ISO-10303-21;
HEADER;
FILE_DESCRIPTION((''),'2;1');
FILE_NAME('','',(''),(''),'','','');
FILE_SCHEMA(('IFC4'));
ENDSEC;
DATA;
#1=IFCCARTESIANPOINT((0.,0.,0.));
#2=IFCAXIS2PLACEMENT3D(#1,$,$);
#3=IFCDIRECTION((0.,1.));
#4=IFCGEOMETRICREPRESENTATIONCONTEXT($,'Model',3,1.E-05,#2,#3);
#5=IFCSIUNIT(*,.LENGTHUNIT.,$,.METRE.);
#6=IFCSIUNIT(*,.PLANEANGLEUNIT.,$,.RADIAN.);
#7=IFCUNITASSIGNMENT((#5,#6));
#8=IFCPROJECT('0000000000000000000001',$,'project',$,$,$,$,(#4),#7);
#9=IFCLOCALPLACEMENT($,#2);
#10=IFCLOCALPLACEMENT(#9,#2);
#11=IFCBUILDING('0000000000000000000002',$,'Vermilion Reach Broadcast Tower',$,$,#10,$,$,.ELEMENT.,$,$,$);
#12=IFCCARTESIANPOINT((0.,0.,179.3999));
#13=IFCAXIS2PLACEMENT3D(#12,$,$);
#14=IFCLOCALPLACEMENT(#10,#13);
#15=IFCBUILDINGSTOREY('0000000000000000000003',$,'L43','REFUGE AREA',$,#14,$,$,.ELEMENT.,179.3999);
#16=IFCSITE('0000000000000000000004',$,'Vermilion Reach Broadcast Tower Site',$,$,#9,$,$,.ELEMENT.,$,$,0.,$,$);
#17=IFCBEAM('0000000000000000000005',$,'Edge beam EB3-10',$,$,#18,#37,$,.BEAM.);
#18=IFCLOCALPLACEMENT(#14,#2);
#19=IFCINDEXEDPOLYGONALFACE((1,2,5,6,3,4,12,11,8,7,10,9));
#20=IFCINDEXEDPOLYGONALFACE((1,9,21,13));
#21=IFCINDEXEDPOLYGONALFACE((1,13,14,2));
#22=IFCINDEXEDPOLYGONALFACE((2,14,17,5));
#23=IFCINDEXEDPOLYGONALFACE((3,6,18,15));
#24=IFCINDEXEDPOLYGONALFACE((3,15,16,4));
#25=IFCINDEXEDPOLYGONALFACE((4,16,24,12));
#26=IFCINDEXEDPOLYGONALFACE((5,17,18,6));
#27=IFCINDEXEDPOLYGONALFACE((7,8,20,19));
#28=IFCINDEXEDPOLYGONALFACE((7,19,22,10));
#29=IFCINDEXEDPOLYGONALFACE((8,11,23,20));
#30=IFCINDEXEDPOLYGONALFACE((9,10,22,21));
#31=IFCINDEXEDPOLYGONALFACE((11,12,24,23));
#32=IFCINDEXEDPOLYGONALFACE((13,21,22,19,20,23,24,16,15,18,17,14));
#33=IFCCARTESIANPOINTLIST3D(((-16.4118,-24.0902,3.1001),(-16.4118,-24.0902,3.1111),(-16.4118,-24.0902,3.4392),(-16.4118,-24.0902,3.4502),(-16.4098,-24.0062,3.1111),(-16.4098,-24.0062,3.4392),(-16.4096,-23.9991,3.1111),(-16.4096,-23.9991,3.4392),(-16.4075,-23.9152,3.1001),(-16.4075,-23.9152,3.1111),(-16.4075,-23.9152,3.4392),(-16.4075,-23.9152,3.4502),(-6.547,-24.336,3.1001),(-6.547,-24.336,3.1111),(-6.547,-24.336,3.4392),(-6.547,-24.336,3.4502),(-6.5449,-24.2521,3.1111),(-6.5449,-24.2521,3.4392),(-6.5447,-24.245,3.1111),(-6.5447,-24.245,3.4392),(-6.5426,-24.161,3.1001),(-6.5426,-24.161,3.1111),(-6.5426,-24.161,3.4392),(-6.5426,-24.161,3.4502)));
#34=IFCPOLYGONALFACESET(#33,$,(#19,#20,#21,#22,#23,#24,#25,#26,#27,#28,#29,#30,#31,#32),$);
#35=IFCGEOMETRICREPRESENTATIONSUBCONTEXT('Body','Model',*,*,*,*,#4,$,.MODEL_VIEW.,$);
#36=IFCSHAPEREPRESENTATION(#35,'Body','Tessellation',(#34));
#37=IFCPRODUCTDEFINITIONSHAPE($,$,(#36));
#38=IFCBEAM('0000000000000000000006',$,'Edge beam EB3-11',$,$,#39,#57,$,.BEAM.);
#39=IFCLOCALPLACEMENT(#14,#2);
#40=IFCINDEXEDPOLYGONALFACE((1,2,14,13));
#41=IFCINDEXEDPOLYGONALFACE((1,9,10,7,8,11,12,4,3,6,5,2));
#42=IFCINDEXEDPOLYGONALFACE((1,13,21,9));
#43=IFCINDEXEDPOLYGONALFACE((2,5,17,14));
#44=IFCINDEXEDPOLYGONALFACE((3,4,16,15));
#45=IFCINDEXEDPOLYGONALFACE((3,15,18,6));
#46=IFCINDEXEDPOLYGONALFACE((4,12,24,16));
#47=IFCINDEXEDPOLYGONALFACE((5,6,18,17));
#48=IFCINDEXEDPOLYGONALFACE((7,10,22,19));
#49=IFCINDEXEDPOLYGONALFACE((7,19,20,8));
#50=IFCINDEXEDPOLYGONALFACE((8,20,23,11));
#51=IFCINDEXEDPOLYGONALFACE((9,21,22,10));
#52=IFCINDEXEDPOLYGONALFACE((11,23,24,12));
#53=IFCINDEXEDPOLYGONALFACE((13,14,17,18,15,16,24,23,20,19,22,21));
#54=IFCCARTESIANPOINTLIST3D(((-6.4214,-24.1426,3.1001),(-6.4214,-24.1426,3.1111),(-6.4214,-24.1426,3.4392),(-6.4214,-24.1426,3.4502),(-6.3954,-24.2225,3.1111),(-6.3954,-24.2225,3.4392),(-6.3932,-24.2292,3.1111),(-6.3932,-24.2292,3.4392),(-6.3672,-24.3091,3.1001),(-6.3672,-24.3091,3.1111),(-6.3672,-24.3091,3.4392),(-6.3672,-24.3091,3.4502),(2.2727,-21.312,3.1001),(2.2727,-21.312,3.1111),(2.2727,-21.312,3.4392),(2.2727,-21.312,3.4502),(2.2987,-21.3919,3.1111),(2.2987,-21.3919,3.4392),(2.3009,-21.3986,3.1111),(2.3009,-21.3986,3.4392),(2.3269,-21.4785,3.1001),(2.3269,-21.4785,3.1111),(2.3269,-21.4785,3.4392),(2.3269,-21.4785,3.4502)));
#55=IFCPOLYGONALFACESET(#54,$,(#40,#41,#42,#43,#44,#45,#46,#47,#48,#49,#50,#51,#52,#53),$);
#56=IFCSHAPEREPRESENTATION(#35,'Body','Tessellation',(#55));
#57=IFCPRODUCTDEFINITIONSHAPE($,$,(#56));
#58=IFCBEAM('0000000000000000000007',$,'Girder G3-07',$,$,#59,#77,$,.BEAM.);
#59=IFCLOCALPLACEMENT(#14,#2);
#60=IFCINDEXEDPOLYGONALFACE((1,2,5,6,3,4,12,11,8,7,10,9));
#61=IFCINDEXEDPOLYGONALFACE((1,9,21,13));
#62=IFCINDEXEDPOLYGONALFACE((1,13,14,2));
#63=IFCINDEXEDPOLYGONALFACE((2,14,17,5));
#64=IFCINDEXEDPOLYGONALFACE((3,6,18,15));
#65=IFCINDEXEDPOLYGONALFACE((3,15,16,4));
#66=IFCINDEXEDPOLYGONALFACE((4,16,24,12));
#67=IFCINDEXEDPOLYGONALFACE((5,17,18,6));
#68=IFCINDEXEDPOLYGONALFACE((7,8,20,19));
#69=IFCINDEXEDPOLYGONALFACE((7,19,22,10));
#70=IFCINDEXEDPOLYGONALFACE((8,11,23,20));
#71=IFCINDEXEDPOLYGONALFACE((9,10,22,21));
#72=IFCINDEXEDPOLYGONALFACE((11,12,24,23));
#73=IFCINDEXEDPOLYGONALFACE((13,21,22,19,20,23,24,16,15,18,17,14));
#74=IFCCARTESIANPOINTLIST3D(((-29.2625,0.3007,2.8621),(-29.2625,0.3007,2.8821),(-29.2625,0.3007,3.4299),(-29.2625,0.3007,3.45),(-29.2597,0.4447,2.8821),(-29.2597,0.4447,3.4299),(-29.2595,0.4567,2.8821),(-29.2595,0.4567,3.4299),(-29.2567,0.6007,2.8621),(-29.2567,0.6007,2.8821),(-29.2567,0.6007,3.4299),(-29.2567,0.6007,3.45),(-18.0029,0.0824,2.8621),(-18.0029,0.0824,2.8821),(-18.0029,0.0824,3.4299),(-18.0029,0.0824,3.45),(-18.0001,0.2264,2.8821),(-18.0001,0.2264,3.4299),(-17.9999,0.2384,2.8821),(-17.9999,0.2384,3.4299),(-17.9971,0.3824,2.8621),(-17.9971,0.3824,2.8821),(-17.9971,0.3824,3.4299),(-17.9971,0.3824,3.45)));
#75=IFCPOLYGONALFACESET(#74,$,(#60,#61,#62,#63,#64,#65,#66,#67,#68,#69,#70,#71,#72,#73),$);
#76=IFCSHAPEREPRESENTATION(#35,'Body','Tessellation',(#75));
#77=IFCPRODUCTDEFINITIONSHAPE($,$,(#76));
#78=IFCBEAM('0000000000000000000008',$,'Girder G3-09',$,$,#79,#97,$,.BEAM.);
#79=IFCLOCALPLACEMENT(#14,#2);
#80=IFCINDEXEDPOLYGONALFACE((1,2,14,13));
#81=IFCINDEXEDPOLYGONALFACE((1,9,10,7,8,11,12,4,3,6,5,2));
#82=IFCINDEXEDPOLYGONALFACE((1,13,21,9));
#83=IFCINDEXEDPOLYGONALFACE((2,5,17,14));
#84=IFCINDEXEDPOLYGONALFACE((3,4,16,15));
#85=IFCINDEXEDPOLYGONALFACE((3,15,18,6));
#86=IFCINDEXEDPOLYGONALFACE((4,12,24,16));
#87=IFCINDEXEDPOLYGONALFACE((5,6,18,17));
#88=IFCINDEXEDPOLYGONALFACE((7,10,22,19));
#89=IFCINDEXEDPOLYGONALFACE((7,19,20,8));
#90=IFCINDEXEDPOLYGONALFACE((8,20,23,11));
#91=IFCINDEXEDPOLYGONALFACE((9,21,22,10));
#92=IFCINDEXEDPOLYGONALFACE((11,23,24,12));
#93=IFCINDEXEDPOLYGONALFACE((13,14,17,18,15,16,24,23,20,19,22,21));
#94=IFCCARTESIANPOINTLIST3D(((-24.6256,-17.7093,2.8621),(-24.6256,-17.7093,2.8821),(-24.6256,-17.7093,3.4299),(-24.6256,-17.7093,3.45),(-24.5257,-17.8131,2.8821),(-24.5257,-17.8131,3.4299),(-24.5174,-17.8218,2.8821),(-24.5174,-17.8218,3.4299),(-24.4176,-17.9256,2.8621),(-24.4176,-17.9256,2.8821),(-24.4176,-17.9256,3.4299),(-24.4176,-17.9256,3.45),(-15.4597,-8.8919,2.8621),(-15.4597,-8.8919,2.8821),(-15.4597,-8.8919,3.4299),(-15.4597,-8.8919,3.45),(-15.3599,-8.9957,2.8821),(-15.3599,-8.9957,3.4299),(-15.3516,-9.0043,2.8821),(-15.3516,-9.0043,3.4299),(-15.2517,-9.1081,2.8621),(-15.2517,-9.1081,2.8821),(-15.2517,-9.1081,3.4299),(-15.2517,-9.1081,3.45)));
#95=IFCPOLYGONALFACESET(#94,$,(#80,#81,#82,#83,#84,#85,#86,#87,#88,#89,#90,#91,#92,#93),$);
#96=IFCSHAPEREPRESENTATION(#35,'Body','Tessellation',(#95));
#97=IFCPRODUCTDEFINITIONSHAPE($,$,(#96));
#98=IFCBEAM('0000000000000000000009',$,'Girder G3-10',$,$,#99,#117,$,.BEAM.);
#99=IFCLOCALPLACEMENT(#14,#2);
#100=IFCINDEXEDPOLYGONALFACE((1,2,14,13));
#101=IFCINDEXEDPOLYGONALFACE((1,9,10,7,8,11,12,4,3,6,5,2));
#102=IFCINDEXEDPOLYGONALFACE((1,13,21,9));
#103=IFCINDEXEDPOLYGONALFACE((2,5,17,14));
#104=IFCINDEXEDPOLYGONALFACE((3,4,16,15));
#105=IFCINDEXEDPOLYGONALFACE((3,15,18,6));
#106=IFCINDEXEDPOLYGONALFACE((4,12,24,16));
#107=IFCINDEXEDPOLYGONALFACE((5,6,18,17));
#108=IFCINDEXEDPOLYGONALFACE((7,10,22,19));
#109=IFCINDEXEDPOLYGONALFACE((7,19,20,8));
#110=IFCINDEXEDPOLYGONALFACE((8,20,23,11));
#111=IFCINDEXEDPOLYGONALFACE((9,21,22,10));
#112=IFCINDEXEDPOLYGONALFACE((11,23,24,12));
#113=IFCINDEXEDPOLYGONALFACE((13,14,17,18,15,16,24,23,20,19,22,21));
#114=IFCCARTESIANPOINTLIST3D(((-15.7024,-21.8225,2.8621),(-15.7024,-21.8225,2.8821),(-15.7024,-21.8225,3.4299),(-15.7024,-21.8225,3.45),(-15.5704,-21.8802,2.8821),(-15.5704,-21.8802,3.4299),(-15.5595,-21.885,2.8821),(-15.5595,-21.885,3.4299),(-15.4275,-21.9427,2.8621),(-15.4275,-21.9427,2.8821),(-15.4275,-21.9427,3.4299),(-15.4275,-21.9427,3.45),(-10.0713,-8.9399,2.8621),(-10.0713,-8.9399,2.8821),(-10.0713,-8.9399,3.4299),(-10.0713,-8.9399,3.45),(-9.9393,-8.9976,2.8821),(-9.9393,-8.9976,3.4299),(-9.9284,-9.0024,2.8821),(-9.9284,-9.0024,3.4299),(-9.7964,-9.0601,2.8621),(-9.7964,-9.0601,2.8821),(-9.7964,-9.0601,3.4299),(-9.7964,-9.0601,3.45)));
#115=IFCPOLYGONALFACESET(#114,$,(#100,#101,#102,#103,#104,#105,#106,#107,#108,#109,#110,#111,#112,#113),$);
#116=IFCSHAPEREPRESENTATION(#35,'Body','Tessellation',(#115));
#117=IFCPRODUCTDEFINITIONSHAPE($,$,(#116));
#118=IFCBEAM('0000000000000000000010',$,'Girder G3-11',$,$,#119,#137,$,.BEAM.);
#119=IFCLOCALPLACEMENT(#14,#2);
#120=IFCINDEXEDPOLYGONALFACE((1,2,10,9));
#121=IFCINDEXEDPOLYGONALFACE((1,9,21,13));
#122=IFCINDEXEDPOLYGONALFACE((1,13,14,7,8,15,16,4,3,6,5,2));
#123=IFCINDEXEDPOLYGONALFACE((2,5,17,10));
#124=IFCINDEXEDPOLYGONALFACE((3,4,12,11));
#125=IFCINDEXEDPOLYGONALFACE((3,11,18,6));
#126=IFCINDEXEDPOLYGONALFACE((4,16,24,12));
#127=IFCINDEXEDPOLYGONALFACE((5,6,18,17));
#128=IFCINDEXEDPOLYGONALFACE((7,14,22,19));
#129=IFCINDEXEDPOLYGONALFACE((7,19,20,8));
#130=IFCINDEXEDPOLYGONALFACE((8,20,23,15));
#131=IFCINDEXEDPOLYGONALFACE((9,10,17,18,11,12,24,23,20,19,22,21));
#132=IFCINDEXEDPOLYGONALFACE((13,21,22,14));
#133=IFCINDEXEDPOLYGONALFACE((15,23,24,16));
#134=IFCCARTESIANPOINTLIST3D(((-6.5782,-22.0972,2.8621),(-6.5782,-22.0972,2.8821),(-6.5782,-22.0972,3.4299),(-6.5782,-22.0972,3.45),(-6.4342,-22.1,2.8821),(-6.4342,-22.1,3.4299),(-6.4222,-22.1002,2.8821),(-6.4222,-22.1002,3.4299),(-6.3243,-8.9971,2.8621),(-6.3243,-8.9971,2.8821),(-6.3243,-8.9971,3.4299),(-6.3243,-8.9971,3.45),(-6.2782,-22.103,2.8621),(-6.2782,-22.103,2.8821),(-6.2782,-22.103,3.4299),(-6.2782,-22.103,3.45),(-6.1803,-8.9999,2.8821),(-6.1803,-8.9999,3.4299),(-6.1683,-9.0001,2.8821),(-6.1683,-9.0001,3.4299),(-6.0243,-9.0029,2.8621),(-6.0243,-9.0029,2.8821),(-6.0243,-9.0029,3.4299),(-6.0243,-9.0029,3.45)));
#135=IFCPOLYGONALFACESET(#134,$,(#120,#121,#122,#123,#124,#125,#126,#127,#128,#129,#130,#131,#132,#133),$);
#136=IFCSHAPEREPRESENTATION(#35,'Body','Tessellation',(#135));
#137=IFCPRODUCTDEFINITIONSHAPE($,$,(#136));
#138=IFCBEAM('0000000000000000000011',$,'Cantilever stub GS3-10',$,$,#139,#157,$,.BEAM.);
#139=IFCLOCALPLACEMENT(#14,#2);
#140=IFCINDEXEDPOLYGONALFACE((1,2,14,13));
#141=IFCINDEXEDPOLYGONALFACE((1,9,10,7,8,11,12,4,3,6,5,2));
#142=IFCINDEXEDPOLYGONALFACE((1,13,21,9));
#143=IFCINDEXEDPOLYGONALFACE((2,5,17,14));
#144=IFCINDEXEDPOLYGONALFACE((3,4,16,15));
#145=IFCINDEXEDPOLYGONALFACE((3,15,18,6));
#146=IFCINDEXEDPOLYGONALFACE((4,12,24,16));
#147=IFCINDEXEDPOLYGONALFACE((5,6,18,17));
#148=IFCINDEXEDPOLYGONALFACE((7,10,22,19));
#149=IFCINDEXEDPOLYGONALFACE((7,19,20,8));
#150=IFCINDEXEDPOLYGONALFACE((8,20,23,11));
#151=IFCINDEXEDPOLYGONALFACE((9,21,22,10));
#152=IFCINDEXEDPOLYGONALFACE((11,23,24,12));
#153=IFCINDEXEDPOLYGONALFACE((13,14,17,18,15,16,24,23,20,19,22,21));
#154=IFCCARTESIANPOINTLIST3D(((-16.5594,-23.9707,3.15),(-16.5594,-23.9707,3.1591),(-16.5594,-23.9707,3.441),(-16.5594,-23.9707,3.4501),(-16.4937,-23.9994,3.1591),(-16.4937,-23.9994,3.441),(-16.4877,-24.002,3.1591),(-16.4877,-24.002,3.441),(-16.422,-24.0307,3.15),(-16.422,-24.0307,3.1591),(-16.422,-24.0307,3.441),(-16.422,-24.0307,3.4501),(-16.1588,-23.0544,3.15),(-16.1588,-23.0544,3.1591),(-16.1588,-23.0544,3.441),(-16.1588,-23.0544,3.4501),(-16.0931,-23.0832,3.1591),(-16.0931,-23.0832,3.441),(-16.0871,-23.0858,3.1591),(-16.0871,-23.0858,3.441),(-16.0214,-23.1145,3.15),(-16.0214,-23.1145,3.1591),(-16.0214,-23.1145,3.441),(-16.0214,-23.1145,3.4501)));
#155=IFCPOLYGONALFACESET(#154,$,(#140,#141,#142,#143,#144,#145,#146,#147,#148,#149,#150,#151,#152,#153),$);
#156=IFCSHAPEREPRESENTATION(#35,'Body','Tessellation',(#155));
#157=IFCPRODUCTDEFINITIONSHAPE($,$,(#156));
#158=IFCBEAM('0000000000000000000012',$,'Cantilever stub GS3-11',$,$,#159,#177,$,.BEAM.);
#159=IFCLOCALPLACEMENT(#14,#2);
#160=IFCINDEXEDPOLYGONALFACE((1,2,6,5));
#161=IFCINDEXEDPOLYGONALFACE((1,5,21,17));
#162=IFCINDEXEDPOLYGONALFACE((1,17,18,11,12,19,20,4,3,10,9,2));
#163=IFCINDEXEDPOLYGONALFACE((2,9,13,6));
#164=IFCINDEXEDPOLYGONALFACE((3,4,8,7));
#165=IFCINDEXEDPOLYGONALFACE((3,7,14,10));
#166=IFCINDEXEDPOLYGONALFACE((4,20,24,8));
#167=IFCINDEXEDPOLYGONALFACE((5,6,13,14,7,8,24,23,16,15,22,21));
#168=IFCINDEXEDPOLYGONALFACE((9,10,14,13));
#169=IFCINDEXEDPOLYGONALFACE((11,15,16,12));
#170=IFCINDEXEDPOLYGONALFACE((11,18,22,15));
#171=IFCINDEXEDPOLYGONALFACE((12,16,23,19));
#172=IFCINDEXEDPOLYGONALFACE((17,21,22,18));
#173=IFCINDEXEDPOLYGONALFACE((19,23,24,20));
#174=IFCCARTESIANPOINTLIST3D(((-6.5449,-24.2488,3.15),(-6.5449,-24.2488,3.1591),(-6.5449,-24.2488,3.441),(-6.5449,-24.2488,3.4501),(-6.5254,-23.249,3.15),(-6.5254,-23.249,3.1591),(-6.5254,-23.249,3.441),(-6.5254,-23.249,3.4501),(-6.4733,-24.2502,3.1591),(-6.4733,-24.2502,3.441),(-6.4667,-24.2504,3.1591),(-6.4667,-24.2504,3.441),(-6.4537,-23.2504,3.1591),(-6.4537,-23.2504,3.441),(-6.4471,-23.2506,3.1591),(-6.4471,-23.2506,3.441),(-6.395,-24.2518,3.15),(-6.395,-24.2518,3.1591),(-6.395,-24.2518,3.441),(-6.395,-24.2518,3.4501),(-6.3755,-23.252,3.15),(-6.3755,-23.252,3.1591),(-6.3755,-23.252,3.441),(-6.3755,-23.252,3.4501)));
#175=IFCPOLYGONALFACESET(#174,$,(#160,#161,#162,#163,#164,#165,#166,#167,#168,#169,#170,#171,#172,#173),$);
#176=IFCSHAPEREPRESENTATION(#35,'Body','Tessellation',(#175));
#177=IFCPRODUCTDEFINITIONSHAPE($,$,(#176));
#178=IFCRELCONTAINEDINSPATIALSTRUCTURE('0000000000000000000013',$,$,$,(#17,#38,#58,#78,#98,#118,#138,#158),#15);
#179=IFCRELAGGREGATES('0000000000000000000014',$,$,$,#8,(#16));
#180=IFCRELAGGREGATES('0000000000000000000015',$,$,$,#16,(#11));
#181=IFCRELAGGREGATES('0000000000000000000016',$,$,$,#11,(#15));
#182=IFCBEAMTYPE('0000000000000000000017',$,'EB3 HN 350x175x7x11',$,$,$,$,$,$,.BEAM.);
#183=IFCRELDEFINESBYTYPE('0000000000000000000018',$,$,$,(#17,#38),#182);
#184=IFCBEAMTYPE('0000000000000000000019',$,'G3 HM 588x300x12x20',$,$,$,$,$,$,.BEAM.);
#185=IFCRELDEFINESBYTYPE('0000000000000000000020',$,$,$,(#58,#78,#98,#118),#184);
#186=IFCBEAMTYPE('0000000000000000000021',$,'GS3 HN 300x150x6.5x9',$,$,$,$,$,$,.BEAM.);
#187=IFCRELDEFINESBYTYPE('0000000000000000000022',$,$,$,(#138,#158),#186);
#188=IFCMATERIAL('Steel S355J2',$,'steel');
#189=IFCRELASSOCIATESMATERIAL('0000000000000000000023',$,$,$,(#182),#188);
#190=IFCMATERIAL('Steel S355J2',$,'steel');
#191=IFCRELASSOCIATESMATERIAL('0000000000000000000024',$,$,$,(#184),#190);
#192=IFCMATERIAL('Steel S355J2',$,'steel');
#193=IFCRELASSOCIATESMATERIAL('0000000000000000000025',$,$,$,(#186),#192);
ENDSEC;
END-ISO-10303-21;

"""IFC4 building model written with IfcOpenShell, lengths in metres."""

from ifc_helpers import new_model, si_unit, direction, frame, origin, origin_2d, place, context, subcontext, project, spatial, i_section, extrude, material, material_profile, profile_set, type_object, element, save


model = new_model("IFC4")

# Units and contexts
model_context = context("Model", 3, precision=1e-05, world=origin(), true_north=direction((0.0, 1.0)))
body_context = subcontext(model_context, "Body", "Model", "MODEL_VIEW")
ifc_project = project(units=[si_unit("LENGTHUNIT", "METRE"), si_unit("PLANEANGLEUNIT", "RADIAN")], contexts=[model_context])

# Site, building, storey
site_placement = place(None, origin())
site = spatial("IfcSite", under=ifc_project, at=site_placement, Name="Vermilion Reach Broadcast Tower Site", CompositionType="ELEMENT", RefElevation=0.0)
building_placement = place(site_placement, origin())
building = spatial("IfcBuilding", under=site, at=building_placement, Name="Vermilion Reach Broadcast Tower", CompositionType="ELEMENT")
storey_placement = place(building_placement, frame((0.0, 0.0, 179.3999)))
storey = spatial("IfcBuildingStorey", under=building, at=storey_placement, Name="L43", Description="REFUGE AREA", CompositionType="ELEMENT", Elevation=179.3999)

# Beams
ifc_material_1 = material(Name="Steel S355J2", Category="steel")
ifc_material_profile_1 = material_profile(ifc_material_1, i_section(OverallWidth=0.175, OverallDepth=0.3501, WebThickness=0.0071, FlangeThickness=0.011, at=origin_2d()), Name="S355J2 HN 350x175x7x11")
ifc_profile_set_1 = profile_set([ifc_material_profile_1], Name="Steel S355J2")
beam_type_1 = type_object("IfcBeamType", Name="EB3 HN 350x175x7x11", PredefinedType="BEAM", material=ifc_profile_set_1)
beam_1_placement = place(storey_placement, frame((-16.4097, -24.0027, 3.2751), z_axis=(0.99969, -0.024914, 0.0), x_axis=(0.024914, 0.99969, 0.0)))
element("IfcBeam", 1, at=beam_1_placement, inside=storey, type_object=beam_type_1, Name="Edge beam EB3-10", PredefinedType="BEAM", context=body_context, shape_type="SweptSolid", body=[
    extrude(i_section(OverallWidth=0.175, OverallDepth=0.3501, WebThickness=0.0071, FlangeThickness=0.011, at=origin_2d()), origin(), (0.0, 0.0, 1.0), 9.8679),
])
beam_2_placement = place(storey_placement, frame((-6.3943, -24.2258, 3.2751), z_axis=(0.950874, 0.309579, 0.0), x_axis=(-0.309579, 0.950874, 0.0)))
element("IfcBeam", 2, at=beam_2_placement, inside=storey, type_object=beam_type_1, Name="Edge beam EB3-11", PredefinedType="BEAM", context=body_context, shape_type="SweptSolid", body=[
    extrude(i_section(OverallWidth=0.175, OverallDepth=0.3501, WebThickness=0.0071, FlangeThickness=0.011, at=origin_2d()), origin(), (0.0, 0.0, 1.0), 9.1433),
])
ifc_material_2 = material(Name="Steel S355J2", Category="steel")
ifc_material_profile_2 = material_profile(ifc_material_2, i_section(OverallWidth=0.3, OverallDepth=0.5879, WebThickness=0.012, FlangeThickness=0.02, at=origin_2d()), Name="S355J2 HM 588x300x12x20")
ifc_profile_set_2 = profile_set([ifc_material_profile_2], Name="Steel S355J2")
beam_type_2 = type_object("IfcBeamType", Name="G3 HM 588x300x12x20", PredefinedType="BEAM", material=ifc_profile_set_2)
beam_3_placement = place(storey_placement, frame((-18.0, 0.2324, 3.156), z_axis=(-0.999812, 0.019381, 0.0), x_axis=(-0.019381, -0.999812, 0.0)))
element("IfcBeam", 3, at=beam_3_placement, inside=storey, type_object=beam_type_2, Name="Girder G3-07", PredefinedType="BEAM", context=body_context, shape_type="SweptSolid", body=[
    extrude(i_section(OverallWidth=0.3, OverallDepth=0.5879, WebThickness=0.012, FlangeThickness=0.02, at=origin_2d()), origin(), (0.0, 0.0, 1.0), 11.2617),
])
beam_4_placement = place(storey_placement, frame((-15.3557, -9.0, 3.156), z_axis=(-0.72067, -0.693278, 0.0), x_axis=(0.693278, -0.72067, 0.0)))
element("IfcBeam", 4, at=beam_4_placement, inside=storey, type_object=beam_type_2, Name="Girder G3-09", PredefinedType="BEAM", context=body_context, shape_type="SweptSolid", body=[
    extrude(i_section(OverallWidth=0.3, OverallDepth=0.5879, WebThickness=0.012, FlangeThickness=0.02, at=origin_2d()), origin(), (0.0, 0.0, 1.0), 12.7185),
])
beam_5_placement = place(storey_placement, frame((-9.9338, -9.0, 3.156), z_axis=(-0.400519, -0.916288, 0.0), x_axis=(0.916288, -0.400519, 0.0)))
element("IfcBeam", 5, at=beam_5_placement, inside=storey, type_object=beam_type_2, Name="Girder G3-10", PredefinedType="BEAM", context=body_context, shape_type="SweptSolid", body=[
    extrude(i_section(OverallWidth=0.3, OverallDepth=0.5879, WebThickness=0.012, FlangeThickness=0.02, at=origin_2d()), origin(), (0.0, 0.0, 1.0), 14.0596),
])
beam_6_placement = place(storey_placement, frame((-6.1743, -9.0, 3.156), z_axis=(-0.019378, -0.999812, 0.0), x_axis=(0.999812, -0.019378, 0.0)))
element("IfcBeam", 6, at=beam_6_placement, inside=storey, type_object=beam_type_2, Name="Girder G3-11", PredefinedType="BEAM", context=body_context, shape_type="SweptSolid", body=[
    extrude(i_section(OverallWidth=0.3, OverallDepth=0.5879, WebThickness=0.012, FlangeThickness=0.02, at=origin_2d()), origin(), (0.0, 0.0, 1.0), 13.1025),
])
ifc_material_3 = material(Name="Steel S355J2", Category="steel")
ifc_material_profile_3 = material_profile(ifc_material_3, i_section(OverallWidth=0.1499, OverallDepth=0.3, WebThickness=0.0066, FlangeThickness=0.009, at=origin_2d()), Name="S355J2 HN 300x150x6.5x9")
ifc_profile_set_3 = profile_set([ifc_material_profile_3], Name="Steel S355J2")
beam_type_3 = type_object("IfcBeamType", Name="GS3 HN 300x150x6.5x9", PredefinedType="BEAM", material=ifc_profile_set_3)
for number, where, z_axis, x_axis, name in (
    (7, (-16.0901, -23.0845, 3.3), (-0.400627, -0.916241, 0.0), (0.916241, -0.400627, 0.0), "Cantilever stub GS3-10"),
    (8, (-6.4504, -23.2505, 3.3), (-0.019532, -0.999809, 0.0), (0.999809, -0.019532, 0.0), "Cantilever stub GS3-11"),
):
    element("IfcBeam", number, at=place(storey_placement, frame(where, z_axis=z_axis, x_axis=x_axis)), inside=storey, type_object=beam_type_3, Name=name, PredefinedType="BEAM", context=body_context, shape_type="SweptSolid", body=[
        extrude(i_section(OverallWidth=0.1499, OverallDepth=0.3, WebThickness=0.0066, FlangeThickness=0.009, at=origin_2d()), origin(), (0.0, 0.0, 1.0), 1.0),
    ])

save(model, "model.ifc")
